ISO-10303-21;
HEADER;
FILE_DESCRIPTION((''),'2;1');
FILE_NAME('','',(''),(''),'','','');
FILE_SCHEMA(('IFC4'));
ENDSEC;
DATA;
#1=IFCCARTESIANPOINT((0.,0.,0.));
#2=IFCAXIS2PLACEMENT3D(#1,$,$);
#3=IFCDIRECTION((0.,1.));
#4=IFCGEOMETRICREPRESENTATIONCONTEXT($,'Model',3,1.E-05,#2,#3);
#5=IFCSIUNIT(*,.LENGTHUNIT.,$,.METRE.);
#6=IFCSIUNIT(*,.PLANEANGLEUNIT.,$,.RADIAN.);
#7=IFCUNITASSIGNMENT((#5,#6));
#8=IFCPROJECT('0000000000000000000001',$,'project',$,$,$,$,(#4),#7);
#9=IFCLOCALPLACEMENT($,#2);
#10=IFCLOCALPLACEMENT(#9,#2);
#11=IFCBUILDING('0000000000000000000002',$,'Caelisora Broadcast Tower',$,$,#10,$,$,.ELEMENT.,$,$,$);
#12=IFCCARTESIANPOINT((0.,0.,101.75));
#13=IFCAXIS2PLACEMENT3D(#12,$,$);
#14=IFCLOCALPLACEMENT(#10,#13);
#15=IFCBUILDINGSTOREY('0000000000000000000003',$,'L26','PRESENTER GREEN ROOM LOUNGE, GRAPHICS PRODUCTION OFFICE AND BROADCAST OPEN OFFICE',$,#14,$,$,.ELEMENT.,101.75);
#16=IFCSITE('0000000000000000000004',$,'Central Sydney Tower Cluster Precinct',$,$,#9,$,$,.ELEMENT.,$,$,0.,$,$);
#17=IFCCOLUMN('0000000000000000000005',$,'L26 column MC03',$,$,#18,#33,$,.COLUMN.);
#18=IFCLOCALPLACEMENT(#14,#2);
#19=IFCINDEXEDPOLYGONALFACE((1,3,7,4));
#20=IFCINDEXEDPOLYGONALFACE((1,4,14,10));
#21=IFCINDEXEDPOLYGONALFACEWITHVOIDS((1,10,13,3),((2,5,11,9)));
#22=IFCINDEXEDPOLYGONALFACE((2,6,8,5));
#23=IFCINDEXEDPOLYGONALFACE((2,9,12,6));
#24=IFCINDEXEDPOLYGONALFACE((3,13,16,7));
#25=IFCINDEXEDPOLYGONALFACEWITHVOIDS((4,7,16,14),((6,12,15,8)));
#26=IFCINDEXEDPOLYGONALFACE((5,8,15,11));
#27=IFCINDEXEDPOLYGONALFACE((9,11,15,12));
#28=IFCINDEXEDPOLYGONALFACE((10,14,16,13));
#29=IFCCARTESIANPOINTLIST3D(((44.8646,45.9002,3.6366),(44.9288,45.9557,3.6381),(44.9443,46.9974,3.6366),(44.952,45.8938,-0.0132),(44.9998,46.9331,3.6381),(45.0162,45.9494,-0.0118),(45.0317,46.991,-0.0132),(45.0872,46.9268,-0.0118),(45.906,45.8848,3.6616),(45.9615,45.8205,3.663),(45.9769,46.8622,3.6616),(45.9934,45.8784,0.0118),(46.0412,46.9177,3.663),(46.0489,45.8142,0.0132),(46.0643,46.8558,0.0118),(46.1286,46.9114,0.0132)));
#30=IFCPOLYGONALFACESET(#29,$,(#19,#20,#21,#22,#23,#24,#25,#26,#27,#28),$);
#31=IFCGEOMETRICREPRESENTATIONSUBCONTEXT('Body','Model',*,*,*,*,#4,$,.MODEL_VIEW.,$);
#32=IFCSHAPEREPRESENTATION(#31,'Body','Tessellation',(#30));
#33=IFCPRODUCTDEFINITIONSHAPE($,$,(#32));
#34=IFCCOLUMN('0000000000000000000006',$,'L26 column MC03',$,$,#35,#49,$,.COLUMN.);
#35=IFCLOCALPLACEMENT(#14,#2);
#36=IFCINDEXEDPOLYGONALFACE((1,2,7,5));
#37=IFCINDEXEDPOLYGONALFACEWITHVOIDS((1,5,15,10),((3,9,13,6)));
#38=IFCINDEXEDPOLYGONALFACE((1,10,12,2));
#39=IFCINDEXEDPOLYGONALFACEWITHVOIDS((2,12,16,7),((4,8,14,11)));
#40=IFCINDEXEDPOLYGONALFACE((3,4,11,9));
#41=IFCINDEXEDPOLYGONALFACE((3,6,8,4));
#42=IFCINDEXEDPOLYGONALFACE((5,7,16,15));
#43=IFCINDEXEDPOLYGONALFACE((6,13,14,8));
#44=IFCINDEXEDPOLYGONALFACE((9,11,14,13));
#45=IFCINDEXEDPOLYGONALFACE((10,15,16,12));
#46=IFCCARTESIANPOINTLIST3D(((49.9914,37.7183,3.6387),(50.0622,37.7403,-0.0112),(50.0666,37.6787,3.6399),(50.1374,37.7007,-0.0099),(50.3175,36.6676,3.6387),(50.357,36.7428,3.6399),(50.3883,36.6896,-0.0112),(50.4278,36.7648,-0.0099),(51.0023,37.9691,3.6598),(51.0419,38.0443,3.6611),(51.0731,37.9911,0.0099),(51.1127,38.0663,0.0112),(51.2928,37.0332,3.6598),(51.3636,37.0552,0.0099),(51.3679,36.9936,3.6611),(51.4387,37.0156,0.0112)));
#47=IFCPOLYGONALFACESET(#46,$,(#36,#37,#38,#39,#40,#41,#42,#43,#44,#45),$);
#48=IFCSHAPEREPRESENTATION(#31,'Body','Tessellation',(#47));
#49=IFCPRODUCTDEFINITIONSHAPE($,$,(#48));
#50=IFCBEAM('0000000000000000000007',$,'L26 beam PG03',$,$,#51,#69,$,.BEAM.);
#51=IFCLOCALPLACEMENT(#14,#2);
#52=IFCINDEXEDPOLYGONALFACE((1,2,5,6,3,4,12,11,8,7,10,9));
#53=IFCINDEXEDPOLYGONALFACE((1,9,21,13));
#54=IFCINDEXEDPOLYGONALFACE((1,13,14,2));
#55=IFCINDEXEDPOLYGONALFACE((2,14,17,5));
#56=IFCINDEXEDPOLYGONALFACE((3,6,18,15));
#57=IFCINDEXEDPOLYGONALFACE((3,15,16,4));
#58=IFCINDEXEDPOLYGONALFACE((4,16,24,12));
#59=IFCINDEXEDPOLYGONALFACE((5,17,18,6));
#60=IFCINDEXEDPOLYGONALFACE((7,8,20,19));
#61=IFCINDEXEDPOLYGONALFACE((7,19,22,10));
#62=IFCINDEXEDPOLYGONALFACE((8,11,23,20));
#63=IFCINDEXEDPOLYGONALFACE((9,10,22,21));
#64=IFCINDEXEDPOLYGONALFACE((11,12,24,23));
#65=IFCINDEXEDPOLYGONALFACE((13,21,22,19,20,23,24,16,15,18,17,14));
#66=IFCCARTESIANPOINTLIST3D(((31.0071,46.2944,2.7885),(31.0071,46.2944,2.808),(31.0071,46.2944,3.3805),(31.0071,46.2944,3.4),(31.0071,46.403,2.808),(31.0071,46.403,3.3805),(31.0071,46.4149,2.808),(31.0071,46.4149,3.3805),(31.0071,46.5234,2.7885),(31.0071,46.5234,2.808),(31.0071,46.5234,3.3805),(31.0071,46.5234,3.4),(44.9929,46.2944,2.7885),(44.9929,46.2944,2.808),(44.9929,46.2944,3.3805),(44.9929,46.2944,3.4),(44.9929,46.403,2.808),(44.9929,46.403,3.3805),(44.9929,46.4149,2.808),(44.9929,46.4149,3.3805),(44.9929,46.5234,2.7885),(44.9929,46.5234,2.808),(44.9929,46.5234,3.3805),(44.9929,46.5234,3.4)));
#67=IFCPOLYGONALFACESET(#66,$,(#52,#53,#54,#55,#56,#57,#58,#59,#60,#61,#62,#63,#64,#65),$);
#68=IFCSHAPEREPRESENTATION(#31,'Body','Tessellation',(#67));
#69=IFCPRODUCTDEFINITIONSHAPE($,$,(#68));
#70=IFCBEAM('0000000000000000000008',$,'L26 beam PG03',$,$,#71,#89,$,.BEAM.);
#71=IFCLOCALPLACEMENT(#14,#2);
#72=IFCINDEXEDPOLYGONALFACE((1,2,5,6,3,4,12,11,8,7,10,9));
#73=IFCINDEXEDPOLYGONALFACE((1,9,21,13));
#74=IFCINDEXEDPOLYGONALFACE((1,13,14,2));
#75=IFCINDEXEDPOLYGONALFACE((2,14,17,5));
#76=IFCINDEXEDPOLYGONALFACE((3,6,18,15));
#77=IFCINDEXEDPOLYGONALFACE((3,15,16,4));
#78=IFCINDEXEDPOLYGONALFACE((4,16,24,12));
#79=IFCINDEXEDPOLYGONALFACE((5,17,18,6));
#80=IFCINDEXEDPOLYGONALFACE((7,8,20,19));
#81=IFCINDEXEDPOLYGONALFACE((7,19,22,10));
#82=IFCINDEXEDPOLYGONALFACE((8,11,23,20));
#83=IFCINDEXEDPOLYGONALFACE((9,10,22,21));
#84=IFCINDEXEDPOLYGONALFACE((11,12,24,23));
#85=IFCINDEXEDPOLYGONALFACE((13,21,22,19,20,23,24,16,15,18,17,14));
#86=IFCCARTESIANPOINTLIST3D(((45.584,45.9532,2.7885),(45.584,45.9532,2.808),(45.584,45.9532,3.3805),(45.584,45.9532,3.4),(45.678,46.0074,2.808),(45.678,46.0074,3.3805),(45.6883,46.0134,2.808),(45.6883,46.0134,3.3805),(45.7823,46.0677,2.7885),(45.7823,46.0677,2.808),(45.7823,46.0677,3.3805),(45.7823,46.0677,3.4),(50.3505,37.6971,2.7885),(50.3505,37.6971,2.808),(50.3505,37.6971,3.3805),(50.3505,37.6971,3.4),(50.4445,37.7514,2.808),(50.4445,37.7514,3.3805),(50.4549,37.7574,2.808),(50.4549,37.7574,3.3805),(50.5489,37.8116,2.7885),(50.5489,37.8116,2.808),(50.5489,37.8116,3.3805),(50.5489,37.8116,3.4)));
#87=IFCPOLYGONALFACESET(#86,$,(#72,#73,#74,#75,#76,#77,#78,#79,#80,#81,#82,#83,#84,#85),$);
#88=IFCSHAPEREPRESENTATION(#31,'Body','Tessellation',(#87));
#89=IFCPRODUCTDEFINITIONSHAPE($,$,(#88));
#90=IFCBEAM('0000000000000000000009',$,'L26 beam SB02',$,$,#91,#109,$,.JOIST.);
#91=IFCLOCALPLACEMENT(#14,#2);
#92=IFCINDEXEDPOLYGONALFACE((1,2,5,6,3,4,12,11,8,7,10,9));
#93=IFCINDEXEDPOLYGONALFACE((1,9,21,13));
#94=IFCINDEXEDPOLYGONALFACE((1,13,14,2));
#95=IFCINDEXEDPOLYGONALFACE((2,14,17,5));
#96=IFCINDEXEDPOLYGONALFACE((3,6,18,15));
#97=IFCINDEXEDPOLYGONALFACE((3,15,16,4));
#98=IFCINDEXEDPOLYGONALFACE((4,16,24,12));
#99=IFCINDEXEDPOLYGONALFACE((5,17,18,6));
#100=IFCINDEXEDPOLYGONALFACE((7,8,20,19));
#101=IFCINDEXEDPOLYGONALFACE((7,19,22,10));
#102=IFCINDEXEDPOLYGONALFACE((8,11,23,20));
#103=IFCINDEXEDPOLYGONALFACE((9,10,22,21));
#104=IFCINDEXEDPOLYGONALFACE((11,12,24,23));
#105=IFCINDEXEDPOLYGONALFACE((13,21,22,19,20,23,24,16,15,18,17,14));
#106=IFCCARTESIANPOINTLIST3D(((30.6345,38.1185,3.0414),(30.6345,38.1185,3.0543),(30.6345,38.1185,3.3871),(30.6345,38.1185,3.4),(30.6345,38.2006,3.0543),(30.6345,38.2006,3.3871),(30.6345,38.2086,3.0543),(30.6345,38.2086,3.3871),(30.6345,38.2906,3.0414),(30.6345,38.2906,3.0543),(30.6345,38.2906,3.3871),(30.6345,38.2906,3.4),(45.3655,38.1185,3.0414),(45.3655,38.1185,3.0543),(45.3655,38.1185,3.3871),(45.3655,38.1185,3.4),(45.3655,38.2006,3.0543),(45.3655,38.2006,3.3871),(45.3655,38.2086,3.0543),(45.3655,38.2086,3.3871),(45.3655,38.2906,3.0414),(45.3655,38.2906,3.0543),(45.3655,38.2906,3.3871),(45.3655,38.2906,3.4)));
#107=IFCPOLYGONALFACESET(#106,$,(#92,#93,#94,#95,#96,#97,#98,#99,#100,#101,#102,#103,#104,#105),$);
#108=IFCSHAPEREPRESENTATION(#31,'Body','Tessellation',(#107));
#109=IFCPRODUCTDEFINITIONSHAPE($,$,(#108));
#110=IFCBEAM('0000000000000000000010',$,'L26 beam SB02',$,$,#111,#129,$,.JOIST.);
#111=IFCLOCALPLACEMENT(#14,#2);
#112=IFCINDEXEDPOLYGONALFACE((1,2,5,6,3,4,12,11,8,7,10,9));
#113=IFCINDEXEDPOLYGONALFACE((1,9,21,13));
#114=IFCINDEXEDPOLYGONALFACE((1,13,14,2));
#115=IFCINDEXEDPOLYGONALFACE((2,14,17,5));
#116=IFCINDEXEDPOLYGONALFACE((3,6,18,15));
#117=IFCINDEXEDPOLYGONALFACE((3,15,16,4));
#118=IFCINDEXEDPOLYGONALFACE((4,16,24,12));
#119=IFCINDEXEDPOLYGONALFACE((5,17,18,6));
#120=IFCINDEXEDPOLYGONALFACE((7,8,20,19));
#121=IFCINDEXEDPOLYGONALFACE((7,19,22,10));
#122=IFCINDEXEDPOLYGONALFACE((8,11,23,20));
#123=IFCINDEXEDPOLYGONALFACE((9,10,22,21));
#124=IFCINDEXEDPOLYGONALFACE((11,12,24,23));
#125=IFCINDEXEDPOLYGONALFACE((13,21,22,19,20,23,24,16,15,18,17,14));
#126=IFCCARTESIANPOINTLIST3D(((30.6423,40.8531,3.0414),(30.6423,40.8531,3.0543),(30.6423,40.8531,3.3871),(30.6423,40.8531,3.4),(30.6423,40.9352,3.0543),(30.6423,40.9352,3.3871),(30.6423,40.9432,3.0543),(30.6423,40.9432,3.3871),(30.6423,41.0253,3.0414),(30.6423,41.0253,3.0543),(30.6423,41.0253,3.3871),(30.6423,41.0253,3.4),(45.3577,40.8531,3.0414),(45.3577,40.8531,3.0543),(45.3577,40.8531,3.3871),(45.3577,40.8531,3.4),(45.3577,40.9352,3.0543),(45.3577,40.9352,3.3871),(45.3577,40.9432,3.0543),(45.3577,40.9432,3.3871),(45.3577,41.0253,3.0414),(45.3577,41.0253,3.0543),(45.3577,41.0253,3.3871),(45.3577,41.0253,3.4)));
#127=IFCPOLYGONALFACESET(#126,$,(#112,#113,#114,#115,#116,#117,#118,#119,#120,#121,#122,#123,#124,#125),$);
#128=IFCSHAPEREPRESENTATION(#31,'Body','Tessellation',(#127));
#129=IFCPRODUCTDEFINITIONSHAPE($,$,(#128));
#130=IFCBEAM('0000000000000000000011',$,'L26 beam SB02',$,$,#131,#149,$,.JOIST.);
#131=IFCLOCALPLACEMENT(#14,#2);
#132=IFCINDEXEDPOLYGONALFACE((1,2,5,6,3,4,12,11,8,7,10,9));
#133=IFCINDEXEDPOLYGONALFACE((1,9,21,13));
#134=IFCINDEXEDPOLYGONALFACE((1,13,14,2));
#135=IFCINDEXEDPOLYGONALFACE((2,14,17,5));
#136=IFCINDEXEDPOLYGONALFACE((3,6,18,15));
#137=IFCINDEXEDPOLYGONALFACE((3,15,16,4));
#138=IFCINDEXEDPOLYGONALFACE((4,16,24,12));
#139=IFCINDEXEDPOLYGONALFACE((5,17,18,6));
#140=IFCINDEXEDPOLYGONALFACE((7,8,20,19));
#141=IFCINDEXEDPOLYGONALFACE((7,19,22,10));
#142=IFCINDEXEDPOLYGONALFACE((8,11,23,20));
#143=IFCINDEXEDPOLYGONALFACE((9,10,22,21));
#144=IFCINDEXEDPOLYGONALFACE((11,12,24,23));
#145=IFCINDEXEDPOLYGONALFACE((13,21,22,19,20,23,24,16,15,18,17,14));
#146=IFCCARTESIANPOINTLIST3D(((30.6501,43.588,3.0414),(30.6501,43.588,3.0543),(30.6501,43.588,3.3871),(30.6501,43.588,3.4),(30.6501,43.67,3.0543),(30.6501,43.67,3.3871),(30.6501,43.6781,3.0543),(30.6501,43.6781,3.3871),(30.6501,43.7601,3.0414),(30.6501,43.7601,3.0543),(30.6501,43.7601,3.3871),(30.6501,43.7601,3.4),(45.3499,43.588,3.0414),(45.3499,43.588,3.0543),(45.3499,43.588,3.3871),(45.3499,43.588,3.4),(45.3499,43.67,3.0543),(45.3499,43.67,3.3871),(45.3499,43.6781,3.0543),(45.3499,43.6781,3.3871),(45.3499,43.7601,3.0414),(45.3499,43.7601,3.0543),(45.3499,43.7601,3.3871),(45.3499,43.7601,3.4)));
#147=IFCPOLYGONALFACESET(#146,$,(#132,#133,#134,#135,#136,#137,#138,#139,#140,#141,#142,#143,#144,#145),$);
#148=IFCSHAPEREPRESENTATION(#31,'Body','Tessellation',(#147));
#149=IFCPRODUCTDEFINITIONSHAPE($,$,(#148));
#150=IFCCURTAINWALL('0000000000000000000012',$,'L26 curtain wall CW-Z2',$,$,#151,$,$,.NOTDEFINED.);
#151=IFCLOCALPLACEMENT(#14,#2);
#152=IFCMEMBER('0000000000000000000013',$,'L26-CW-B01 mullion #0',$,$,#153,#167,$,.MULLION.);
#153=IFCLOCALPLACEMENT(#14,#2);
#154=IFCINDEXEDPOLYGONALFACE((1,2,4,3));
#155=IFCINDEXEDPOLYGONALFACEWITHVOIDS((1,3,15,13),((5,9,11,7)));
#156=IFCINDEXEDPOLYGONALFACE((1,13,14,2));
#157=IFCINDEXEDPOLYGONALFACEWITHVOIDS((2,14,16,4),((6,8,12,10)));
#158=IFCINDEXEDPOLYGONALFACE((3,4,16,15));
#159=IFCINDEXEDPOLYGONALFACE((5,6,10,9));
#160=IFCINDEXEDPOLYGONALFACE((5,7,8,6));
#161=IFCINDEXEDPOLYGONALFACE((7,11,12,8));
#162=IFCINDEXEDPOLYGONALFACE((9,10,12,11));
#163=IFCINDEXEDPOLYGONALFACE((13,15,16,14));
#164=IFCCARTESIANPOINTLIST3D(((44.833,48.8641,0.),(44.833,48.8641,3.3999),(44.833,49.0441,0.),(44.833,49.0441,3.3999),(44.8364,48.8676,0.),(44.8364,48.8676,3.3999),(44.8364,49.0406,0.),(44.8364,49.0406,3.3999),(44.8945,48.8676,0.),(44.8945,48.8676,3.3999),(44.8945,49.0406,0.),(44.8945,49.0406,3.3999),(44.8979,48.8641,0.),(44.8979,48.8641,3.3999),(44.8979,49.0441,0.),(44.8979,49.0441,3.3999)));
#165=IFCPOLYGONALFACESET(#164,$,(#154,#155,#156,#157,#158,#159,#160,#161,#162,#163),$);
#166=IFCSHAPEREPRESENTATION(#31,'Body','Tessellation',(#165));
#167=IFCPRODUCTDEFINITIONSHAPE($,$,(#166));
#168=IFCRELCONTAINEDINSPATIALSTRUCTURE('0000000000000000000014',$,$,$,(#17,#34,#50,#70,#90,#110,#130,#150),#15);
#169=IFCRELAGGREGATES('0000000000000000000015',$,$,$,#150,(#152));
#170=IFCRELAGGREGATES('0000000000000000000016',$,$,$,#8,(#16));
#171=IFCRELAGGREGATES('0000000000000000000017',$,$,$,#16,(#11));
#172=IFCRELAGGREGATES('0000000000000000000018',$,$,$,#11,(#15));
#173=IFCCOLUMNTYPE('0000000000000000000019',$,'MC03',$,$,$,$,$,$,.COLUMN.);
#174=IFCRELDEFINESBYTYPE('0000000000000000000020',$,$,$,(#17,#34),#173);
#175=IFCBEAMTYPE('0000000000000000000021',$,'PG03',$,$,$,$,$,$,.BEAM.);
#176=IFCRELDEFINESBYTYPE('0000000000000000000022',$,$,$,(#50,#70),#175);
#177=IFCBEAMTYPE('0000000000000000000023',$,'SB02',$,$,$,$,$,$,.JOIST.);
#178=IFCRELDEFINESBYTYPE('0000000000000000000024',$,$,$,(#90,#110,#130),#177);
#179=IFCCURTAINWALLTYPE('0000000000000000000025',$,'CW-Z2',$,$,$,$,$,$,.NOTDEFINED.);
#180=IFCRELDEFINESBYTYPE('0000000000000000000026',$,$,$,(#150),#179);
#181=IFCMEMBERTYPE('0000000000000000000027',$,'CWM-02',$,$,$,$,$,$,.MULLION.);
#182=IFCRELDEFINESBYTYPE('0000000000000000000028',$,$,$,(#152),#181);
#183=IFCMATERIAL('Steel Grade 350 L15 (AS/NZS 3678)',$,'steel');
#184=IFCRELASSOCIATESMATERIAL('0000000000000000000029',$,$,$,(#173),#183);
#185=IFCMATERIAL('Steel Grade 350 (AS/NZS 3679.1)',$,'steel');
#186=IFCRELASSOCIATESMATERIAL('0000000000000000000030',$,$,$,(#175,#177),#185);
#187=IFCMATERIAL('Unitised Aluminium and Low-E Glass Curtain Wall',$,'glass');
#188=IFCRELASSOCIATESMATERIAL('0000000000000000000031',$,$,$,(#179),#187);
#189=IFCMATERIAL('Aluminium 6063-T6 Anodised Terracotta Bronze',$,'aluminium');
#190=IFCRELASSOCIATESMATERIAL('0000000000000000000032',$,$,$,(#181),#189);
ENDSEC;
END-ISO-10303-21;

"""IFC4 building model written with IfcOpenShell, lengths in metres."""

from ifc_helpers import new_model, si_unit, direction, frame, origin, origin_2d, place, context, subcontext, project, spatial, hollow_rectangle, i_section, extrude, source, transform, mapped, material, material_profile, profile_set, type_object, type_shapes, element, aggregate, save


model = new_model("IFC4")

# Units and contexts
model_context = context("Model", 3, precision=1e-05, world=origin(), true_north=direction((0.0, 1.0)))
body_context = subcontext(model_context, "Body", "Model", "MODEL_VIEW")
ifc_project = project(units=[si_unit("LENGTHUNIT", "METRE"), si_unit("PLANEANGLEUNIT", "RADIAN")], contexts=[model_context])

# Site, building, storey
site_placement = place(None, origin())
site = spatial("IfcSite", under=ifc_project, at=site_placement, Name="Central Sydney Tower Cluster Precinct", CompositionType="ELEMENT", RefElevation=0.0)
building_placement = place(site_placement, origin())
building = spatial("IfcBuilding", under=site, at=building_placement, Name="Caelisora Broadcast Tower", CompositionType="ELEMENT")
storey_placement = place(building_placement, frame((0.0, 0.0, 101.75)))
storey = spatial("IfcBuildingStorey", under=building, at=storey_placement, Name="L26", Description="PRESENTER GREEN ROOM LOUNGE, GRAPHICS PRODUCTION OFFICE AND BROADCAST OPEN OFFICE", CompositionType="ELEMENT", Elevation=101.75)

# Columns
ifc_material_1 = material(Name="Steel Grade 350 L15 (AS/NZS 3678)", Category="steel")
ifc_material_profile_1 = material_profile(ifc_material_1, hollow_rectangle(XDim=1.1001, YDim=1.1001, WallThickness=0.0601, at=origin_2d()), Name="Steel Grade 350 L15 (AS/NZS 3678)")
ifc_profile_set_1 = profile_set([ifc_material_profile_1], Name="Steel Grade 350 L15 (AS/NZS 3678)")
column_type = type_object("IfcColumnType", Name="MC03", PredefinedType="COLUMN", material=ifc_profile_set_1)
shared_shape_1 = source(origin(), body_context, "Body", "SweptSolid", [
    extrude(hollow_rectangle(XDim=1.1001, YDim=1.1001, WallThickness=0.0601, at=origin_2d()), origin(), (0.0, 0.0, 1.0), 3.6509),
])
column_1_placement = place(storey_placement, frame((45.5403, 46.4026, 0.0), z_axis=(-0.02394, 0.001739, 0.999712), x_axis=(-0.072435, -0.997373, 0.0)))
element("IfcColumn", 1, at=column_1_placement, inside=storey, type_object=column_type, Name="L26 column MC03", PredefinedType="COLUMN", context=body_context, shape_type="MappedRepresentation", body=[
    mapped(shared_shape_1, transform((0.0, 0.0, 0.0), scale=1.0)),
])
shared_shape_2 = source(origin(), body_context, "Body", "SweptSolid", [
    extrude(hollow_rectangle(XDim=1.1001, YDim=1.1001, WallThickness=0.0601, at=origin_2d()), origin(), (0.0, 0.0, 1.0), 3.6506),
])
type_shapes(column_type, [shared_shape_1, shared_shape_2])
column_2_placement = place(storey_placement, frame((50.7505, 37.3779, 0.0), z_axis=(-0.019394, -0.006019, 0.999794), x_axis=(0.296399, -0.955064, 0.0)))
element("IfcColumn", 2, at=column_2_placement, inside=storey, type_object=column_type, Name="L26 column MC03", PredefinedType="COLUMN", context=body_context, shape_type="MappedRepresentation", body=[
    mapped(shared_shape_2, transform((0.0, 0.0, 0.0), scale=1.0)),
])

# Beams
ifc_material_2 = material(Name="Steel Grade 350 (AS/NZS 3679.1)", Category="steel")
ifc_material_profile_2 = material_profile(ifc_material_2, i_section(OverallWidth=0.229, OverallDepth=0.6116, WebThickness=0.012, FlangeThickness=0.0195, at=origin_2d()), Name="Steel Grade 350 (AS/NZS 3679.1)")
ifc_profile_set_2 = profile_set([ifc_material_profile_2], Name="Steel Grade 350 (AS/NZS 3679.1)")
beam_type_1 = type_object("IfcBeamType", Name="PG03", PredefinedType="BEAM", material=ifc_profile_set_2)
shared_shape_3 = source(origin(), body_context, "Body", "SweptSolid", [
    extrude(i_section(OverallWidth=0.229, OverallDepth=0.6116, WebThickness=0.012, FlangeThickness=0.0195, at=origin_2d()), origin(), (0.0, 0.0, 1.0), 13.9858),
])
beam_1_placement = place(storey_placement, frame((44.9929, 46.4089, 3.0942), z_axis=(-1.0, 0.0, 0.0), x_axis=(0.0, -1.0, 0.0)))
element("IfcBeam", 3, at=beam_1_placement, inside=storey, type_object=beam_type_1, Name="L26 beam PG03", PredefinedType="BEAM", context=body_context, shape_type="MappedRepresentation", body=[
    mapped(shared_shape_3, transform((0.0, 0.0, 0.0), scale=1.0)),
])
shared_shape_4 = source(origin(), body_context, "Body", "SweptSolid", [
    extrude(i_section(OverallWidth=0.229, OverallDepth=0.6116, WebThickness=0.012, FlangeThickness=0.0195, at=origin_2d()), origin(), (0.0, 0.0, 1.0), 9.5332),
])
type_shapes(beam_type_1, [shared_shape_3, shared_shape_4])
beam_2_placement = place(storey_placement, frame((50.4497, 37.7544, 3.0942), z_axis=(-0.499995, 0.866028, 0.0), x_axis=(-0.866028, -0.499995, 0.0)))
element("IfcBeam", 4, at=beam_2_placement, inside=storey, type_object=beam_type_1, Name="L26 beam PG03", PredefinedType="BEAM", context=body_context, shape_type="MappedRepresentation", body=[
    mapped(shared_shape_4, transform((0.0, 0.0, 0.0), scale=1.0)),
])
ifc_material_profile_3 = material_profile(ifc_material_2, i_section(OverallWidth=0.1721, OverallDepth=0.3586, WebThickness=0.0081, FlangeThickness=0.0129, at=origin_2d()), Name="Steel Grade 350 (AS/NZS 3679.1)")
ifc_profile_set_3 = profile_set([ifc_material_profile_3], Name="Steel Grade 350 (AS/NZS 3679.1)")
beam_type_2 = type_object("IfcBeamType", Name="SB02", PredefinedType="JOIST", material=ifc_profile_set_3)
shared_shape_5 = source(origin(), body_context, "Body", "SweptSolid", [
    extrude(i_section(OverallWidth=0.1721, OverallDepth=0.3586, WebThickness=0.0081, FlangeThickness=0.0129, at=origin_2d()), origin(), (0.0, 0.0, 1.0), 14.731),
])
beam_3_placement = place(storey_placement, frame((45.3655, 38.2046, 3.2207), z_axis=(-1.0, 0.0, 0.0), x_axis=(0.0, -1.0, 0.0)))
element("IfcBeam", 5, at=beam_3_placement, inside=storey, type_object=beam_type_2, Name="L26 beam SB02", PredefinedType="JOIST", context=body_context, shape_type="MappedRepresentation", body=[
    mapped(shared_shape_5, transform((0.0, 0.0, 0.0), scale=1.0)),
])
shared_shape_6 = source(origin(), body_context, "Body", "SweptSolid", [
    extrude(i_section(OverallWidth=0.1721, OverallDepth=0.3586, WebThickness=0.0081, FlangeThickness=0.0129, at=origin_2d()), origin(), (0.0, 0.0, 1.0), 14.7153),
])
beam_4_placement = place(storey_placement, frame((45.3577, 40.9392, 3.2207), z_axis=(-1.0, 0.0, 0.0), x_axis=(0.0, -1.0, 0.0)))
element("IfcBeam", 6, at=beam_4_placement, inside=storey, type_object=beam_type_2, Name="L26 beam SB02", PredefinedType="JOIST", context=body_context, shape_type="MappedRepresentation", body=[
    mapped(shared_shape_6, transform((0.0, 0.0, 0.0), scale=1.0)),
])
shared_shape_7 = source(origin(), body_context, "Body", "SweptSolid", [
    extrude(i_section(OverallWidth=0.1721, OverallDepth=0.3586, WebThickness=0.0081, FlangeThickness=0.0129, at=origin_2d()), origin(), (0.0, 0.0, 1.0), 14.6997),
])
type_shapes(beam_type_2, [shared_shape_5, shared_shape_6, shared_shape_7])
beam_5_placement = place(storey_placement, frame((45.3499, 43.6741, 3.2207), z_axis=(-1.0, 0.0, 0.0), x_axis=(0.0, -1.0, 0.0)))
element("IfcBeam", 7, at=beam_5_placement, inside=storey, type_object=beam_type_2, Name="L26 beam SB02", PredefinedType="JOIST", context=body_context, shape_type="MappedRepresentation", body=[
    mapped(shared_shape_7, transform((0.0, 0.0, 0.0), scale=1.0)),
])

# Curtain wall, member
ifc_material_3 = material(Name="Unitised Aluminium and Low-E Glass Curtain Wall", Category="glass")
curtain_wall_type_1 = type_object("IfcCurtainWallType", Name="CW-Z2", PredefinedType="NOTDEFINED", material=ifc_material_3)
curtain_wall_1_placement = place(storey_placement, origin())
curtain_wall_1 = element("IfcCurtainWall", 8, at=curtain_wall_1_placement, inside=storey, type_object=curtain_wall_type_1, Name="L26 curtain wall CW-Z2", PredefinedType="NOTDEFINED")
ifc_material_4 = material(Name="Aluminium 6063-T6 Anodised Terracotta Bronze", Category="aluminium")
ifc_material_profile_4 = material_profile(ifc_material_4, hollow_rectangle(XDim=0.0649, YDim=0.1799, WallThickness=0.0034, at=origin_2d()), Name="Aluminium 6063-T6 Anodised Terracotta Bronze")
ifc_profile_set_4 = profile_set([ifc_material_profile_4], Name="Aluminium 6063-T6 Anodised Terracotta Bronze")
member_type_1 = type_object("IfcMemberType", Name="CWM-02", PredefinedType="MULLION", material=ifc_profile_set_4)
shared_shape_8 = source(origin(), body_context, "Body", "SweptSolid", [
    extrude(hollow_rectangle(XDim=0.0649, YDim=0.1799, WallThickness=0.0034, at=origin_2d()), origin(), (0.0, 0.0, 1.0), 3.3999),
])
type_shapes(member_type_1, [shared_shape_8])
member_1_placement = place(storey_placement, frame((44.8655, 48.9541, 0.0), z_axis=(0.0, 0.0, 1.0), x_axis=(1.0, 0.0, 0.0)))
member_1 = element("IfcMember", 9, at=member_1_placement, type_object=member_type_1, Name="L26-CW-B01 mullion #0", PredefinedType="MULLION", context=body_context, shape_type="MappedRepresentation", body=[
    mapped(shared_shape_8, transform((0.0, 0.0, 0.0), scale=1.0)),
])

aggregate(curtain_wall_1, [member_1])

save(model, "model.ifc")
